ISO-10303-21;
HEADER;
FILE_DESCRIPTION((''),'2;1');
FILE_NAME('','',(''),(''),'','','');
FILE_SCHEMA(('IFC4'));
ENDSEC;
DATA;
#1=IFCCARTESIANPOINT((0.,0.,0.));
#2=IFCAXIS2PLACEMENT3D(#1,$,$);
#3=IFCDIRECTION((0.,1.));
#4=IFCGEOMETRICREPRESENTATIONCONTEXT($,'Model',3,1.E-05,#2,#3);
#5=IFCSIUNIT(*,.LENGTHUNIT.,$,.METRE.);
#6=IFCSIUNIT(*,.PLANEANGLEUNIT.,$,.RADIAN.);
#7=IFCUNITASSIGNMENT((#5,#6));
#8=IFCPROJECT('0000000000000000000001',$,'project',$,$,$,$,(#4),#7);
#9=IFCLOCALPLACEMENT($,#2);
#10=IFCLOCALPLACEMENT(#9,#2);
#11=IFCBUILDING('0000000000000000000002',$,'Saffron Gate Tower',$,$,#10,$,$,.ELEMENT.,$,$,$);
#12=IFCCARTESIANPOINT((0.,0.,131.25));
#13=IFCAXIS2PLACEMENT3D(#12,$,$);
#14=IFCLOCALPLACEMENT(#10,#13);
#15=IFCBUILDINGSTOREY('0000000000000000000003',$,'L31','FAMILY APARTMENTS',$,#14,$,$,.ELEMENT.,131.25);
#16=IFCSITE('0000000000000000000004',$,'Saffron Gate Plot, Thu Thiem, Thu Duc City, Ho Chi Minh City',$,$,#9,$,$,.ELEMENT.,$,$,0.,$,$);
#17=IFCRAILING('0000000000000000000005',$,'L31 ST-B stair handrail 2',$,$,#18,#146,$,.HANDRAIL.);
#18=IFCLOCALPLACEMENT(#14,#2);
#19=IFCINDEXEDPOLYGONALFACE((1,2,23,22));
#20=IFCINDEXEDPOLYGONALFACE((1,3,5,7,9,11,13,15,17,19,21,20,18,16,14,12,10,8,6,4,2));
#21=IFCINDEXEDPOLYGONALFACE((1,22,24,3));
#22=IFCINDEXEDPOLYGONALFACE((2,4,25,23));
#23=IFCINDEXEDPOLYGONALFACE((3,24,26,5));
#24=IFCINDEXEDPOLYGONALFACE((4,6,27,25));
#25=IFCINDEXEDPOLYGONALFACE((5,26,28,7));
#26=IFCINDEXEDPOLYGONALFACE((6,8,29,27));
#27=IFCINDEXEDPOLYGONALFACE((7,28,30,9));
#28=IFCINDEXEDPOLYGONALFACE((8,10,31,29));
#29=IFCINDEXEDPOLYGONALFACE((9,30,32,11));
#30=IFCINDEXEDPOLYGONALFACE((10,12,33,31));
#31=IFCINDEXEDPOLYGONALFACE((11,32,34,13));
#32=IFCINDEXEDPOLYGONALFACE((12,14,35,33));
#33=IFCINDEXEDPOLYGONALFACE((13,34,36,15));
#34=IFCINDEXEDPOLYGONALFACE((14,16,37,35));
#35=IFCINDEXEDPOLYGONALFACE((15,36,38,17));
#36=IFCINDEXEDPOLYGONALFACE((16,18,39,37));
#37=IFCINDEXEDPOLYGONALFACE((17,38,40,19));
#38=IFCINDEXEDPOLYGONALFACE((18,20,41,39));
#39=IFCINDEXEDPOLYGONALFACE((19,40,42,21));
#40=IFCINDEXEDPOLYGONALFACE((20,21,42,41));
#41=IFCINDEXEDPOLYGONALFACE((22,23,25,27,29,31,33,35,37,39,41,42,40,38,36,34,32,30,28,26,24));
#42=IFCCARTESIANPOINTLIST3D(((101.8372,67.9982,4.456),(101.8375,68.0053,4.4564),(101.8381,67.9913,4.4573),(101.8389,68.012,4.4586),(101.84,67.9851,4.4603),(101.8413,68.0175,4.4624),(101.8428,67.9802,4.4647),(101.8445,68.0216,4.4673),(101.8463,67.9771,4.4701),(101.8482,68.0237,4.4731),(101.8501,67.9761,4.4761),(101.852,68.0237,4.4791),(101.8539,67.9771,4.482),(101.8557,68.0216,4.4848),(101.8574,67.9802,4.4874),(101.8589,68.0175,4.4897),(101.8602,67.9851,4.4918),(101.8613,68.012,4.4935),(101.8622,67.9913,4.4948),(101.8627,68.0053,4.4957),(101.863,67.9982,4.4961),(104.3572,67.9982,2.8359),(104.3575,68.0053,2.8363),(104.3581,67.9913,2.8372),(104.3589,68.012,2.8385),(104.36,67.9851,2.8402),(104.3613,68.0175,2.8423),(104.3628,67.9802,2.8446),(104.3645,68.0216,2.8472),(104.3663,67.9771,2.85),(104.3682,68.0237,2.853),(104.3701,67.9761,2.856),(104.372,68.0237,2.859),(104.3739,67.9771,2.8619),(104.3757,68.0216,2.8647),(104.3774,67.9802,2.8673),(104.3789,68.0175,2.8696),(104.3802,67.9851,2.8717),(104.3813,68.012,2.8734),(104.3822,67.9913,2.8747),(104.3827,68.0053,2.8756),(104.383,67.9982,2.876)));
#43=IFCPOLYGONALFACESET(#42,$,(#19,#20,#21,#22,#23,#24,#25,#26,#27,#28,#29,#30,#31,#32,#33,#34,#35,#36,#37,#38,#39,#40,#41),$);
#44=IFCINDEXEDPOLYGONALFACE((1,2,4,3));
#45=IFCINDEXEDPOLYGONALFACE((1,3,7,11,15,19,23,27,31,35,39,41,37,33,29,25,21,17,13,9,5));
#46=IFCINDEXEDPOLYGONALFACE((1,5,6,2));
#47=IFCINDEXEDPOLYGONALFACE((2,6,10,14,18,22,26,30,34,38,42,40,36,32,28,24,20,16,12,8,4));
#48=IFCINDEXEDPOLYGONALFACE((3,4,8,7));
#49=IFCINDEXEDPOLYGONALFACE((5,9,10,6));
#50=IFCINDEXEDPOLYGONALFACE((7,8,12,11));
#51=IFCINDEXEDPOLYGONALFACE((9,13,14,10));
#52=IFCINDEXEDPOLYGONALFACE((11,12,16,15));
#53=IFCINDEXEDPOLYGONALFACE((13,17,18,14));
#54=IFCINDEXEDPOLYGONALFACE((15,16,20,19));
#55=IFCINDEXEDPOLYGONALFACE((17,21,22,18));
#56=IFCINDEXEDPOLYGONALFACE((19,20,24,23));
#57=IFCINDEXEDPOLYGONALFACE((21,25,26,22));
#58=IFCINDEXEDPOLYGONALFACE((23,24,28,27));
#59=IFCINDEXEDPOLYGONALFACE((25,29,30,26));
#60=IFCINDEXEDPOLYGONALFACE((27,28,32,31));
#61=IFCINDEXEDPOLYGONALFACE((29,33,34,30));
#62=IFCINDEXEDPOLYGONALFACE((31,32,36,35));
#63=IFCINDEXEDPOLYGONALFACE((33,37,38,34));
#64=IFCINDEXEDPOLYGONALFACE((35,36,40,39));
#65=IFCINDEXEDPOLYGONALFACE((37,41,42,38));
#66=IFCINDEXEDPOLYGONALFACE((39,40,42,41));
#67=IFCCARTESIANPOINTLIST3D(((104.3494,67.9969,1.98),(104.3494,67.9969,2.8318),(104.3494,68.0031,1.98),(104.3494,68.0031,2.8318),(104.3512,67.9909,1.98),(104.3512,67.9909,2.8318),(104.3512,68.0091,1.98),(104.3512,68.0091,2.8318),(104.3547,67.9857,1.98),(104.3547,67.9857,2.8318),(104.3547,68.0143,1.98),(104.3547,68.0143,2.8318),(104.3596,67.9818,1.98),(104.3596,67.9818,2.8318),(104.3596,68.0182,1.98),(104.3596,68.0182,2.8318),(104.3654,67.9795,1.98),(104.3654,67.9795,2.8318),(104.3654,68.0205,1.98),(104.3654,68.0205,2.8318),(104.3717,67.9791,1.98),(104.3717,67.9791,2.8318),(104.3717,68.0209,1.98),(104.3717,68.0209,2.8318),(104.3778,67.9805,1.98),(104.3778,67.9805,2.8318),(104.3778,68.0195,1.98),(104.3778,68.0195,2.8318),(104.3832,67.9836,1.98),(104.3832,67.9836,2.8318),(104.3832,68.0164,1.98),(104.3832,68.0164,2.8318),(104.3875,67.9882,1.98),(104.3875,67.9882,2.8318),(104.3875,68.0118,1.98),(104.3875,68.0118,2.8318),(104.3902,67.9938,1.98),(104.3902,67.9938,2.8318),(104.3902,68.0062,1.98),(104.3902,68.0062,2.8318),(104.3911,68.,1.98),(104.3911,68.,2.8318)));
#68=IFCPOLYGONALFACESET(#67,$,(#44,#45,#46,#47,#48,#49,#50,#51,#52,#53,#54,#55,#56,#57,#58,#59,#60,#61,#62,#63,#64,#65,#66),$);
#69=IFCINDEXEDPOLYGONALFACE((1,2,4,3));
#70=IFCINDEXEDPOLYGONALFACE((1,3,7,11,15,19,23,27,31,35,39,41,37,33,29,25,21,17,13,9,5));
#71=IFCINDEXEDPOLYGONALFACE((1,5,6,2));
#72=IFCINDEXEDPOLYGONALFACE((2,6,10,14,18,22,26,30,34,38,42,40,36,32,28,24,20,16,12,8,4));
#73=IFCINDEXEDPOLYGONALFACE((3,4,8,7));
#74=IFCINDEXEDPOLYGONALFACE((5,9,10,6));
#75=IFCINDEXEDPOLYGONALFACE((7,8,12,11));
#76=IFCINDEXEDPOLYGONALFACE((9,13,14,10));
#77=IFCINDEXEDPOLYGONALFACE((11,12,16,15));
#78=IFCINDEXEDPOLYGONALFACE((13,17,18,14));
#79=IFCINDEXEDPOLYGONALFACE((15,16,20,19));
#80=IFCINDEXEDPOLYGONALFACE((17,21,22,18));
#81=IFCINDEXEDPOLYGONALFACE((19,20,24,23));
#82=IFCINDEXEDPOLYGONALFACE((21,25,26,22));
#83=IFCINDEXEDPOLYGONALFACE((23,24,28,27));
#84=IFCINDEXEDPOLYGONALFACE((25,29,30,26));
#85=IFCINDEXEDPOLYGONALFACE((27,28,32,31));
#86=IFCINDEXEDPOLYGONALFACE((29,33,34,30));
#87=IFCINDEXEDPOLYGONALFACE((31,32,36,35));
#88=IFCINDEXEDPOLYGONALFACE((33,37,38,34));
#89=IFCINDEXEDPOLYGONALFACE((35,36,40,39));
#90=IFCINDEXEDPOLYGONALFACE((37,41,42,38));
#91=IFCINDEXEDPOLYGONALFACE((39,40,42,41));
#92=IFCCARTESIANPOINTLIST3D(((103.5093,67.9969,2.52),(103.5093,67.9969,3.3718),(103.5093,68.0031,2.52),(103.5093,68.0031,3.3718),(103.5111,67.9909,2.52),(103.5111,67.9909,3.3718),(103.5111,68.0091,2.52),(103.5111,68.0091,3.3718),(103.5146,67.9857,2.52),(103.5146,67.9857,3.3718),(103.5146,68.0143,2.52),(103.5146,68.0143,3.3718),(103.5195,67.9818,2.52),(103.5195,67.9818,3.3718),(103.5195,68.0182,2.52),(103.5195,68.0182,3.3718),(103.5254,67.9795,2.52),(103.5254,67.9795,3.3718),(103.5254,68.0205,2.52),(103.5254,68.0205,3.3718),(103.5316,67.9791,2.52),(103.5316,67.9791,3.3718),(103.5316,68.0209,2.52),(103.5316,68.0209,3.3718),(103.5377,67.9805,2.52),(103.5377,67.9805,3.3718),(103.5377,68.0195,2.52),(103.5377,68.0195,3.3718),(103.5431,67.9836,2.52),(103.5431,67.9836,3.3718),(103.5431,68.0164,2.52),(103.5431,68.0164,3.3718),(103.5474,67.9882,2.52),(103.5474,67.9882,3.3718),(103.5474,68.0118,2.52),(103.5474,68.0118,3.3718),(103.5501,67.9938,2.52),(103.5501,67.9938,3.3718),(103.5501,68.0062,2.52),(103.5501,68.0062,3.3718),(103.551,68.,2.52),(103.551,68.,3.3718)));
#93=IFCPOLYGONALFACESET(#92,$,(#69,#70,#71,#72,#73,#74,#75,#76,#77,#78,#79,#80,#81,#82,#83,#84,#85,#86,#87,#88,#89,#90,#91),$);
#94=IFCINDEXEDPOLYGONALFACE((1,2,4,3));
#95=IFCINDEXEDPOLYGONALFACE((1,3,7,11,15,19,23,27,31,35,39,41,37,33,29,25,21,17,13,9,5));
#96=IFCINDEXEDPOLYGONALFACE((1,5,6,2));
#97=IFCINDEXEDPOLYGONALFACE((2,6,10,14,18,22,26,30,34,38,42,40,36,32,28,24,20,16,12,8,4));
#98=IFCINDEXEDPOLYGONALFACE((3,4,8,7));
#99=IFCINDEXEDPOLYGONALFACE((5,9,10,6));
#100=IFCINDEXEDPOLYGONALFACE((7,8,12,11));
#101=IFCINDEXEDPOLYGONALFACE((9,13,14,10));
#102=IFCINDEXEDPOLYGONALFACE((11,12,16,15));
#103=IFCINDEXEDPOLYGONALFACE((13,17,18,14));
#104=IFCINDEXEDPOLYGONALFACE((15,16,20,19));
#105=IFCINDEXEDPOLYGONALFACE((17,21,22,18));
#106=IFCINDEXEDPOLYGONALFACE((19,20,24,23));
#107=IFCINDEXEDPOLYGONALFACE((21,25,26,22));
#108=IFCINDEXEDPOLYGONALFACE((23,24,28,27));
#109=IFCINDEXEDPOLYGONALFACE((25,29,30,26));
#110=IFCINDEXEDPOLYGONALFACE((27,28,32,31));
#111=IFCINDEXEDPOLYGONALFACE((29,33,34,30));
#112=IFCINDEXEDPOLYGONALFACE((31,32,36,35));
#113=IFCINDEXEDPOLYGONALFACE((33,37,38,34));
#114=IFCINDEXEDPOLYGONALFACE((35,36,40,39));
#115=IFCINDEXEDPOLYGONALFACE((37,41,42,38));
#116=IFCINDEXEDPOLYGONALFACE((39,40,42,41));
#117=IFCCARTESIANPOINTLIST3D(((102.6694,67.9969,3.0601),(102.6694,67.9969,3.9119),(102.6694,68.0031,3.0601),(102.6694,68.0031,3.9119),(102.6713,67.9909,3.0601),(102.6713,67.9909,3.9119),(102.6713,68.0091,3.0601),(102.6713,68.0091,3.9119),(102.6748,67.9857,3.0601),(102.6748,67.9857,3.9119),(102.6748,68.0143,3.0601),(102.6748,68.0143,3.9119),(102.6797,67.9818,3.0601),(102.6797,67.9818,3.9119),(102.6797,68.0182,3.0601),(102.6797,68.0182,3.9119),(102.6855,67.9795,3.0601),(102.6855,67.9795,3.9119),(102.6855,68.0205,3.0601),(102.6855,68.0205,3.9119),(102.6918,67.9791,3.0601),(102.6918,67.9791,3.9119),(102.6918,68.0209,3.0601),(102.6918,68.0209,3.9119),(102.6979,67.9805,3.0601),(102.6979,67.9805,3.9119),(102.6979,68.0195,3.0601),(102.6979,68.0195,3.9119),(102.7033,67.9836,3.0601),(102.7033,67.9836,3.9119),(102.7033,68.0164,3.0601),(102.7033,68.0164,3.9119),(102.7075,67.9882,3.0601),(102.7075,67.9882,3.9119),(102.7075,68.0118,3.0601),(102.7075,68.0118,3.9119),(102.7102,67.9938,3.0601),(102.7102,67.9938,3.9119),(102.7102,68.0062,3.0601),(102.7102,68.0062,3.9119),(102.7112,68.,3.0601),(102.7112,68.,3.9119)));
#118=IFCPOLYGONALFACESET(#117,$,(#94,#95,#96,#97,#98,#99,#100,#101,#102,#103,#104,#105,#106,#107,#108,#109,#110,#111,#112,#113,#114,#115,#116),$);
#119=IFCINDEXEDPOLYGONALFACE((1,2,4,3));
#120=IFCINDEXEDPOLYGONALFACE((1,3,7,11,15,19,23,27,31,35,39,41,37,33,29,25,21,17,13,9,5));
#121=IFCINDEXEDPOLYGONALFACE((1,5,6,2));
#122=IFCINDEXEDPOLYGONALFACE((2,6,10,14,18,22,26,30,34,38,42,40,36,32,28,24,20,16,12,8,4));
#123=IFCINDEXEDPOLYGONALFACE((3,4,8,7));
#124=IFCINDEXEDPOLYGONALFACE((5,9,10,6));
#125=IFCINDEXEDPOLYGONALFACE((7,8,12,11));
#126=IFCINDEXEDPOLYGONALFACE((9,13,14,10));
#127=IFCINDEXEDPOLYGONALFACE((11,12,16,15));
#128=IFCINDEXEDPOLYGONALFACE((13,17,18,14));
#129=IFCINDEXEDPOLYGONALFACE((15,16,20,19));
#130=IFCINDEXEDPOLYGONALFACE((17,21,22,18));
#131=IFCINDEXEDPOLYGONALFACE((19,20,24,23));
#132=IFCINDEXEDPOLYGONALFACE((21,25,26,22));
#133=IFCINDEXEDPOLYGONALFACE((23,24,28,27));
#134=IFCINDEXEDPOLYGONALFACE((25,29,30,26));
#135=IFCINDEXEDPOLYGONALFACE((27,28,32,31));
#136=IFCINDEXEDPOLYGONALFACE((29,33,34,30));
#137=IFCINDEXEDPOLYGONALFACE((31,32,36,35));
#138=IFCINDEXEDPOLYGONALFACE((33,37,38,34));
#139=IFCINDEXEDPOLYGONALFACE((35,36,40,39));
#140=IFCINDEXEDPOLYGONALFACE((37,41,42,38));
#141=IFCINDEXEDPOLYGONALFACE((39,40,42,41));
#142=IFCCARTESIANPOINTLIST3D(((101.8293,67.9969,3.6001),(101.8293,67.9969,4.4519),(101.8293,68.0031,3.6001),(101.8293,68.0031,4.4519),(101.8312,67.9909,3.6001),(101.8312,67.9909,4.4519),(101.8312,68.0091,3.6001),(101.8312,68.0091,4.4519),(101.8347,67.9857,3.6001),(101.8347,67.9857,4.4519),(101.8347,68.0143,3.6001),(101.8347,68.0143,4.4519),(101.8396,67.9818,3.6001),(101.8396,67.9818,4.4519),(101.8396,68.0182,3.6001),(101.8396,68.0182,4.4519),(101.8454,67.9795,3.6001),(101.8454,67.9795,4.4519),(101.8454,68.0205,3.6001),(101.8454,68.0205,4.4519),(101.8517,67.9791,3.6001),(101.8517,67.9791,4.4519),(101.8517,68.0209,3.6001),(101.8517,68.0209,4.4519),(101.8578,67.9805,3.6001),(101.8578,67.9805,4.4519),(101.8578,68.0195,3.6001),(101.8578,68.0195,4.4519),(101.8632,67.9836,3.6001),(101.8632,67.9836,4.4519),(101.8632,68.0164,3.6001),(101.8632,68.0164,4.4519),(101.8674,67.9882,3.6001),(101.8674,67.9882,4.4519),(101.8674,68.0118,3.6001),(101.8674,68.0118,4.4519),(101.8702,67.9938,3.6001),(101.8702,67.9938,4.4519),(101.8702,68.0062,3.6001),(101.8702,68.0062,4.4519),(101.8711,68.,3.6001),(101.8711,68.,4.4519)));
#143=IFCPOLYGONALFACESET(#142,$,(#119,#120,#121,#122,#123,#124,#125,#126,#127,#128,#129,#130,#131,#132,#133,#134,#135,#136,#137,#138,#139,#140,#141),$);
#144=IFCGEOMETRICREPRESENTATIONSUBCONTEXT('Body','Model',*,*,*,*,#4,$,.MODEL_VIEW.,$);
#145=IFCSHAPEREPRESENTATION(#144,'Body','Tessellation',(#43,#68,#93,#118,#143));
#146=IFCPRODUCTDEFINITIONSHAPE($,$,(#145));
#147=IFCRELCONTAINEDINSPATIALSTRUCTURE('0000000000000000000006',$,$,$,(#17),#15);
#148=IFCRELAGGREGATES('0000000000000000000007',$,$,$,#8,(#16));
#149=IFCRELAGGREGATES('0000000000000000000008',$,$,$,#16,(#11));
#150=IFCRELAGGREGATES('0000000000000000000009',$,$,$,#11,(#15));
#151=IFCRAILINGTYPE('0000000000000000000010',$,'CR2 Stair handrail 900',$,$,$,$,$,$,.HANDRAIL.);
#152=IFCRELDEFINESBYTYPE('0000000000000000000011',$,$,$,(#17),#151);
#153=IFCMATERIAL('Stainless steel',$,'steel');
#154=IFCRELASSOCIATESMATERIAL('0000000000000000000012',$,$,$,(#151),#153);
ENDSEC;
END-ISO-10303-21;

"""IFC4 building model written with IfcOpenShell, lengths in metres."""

from ifc_helpers import new_model, si_unit, direction, frame, origin, origin_2d, place, context, subcontext, project, spatial, circle, extrude, material, type_object, element, save


model = new_model("IFC4")

# Units and contexts
model_context = context("Model", 3, precision=1e-05, world=origin(), true_north=direction((0.0, 1.0)))
body_context = subcontext(model_context, "Body", "Model", "MODEL_VIEW")
ifc_project = project(units=[si_unit("LENGTHUNIT", "METRE"), si_unit("PLANEANGLEUNIT", "RADIAN")], contexts=[model_context])

# Site, building, storey
site_placement = place(None, origin())
site = spatial("IfcSite", under=ifc_project, at=site_placement, Name="Saffron Gate Plot, Thu Thiem, Thu Duc City, Ho Chi Minh City", CompositionType="ELEMENT", RefElevation=0.0)
building_placement = place(site_placement, origin())
building = spatial("IfcBuilding", under=site, at=building_placement, Name="Saffron Gate Tower", CompositionType="ELEMENT")
storey_placement = place(building_placement, frame((0.0, 0.0, 131.25)))
storey = spatial("IfcBuildingStorey", under=building, at=storey_placement, Name="L31", Description="FAMILY APARTMENTS", CompositionType="ELEMENT", Elevation=131.25)

# Railing
ifc_material_1 = material(Name="Stainless steel", Category="steel")
railing_type_1 = type_object("IfcRailingType", Name="CR2 Stair handrail 900", PredefinedType="HANDRAIL", material=ifc_material_1)
railing_1_placement = place(storey_placement, frame((104.3701, 68.0, 1.98)))
element("IfcRailing", 1, at=railing_1_placement, inside=storey, type_object=railing_type_1, Name="L31 ST-B stair handrail 2", PredefinedType="HANDRAIL", context=body_context, shape_type="SweptSolid", body=[
    extrude(circle(Radius=0.0239, at=origin_2d()), frame((0.0, 0.0, 0.876), z_axis=(-0.841163, 0.0, 0.540782), x_axis=(0.0, -1.0, 0.0)), (0.0, 0.0, 1.0), 2.9958),
    extrude(circle(Radius=0.021, at=origin_2d()), origin(), (0.0, 0.0, 1.0), 0.8518),
    extrude(circle(Radius=0.021, at=origin_2d()), frame((-0.8401, 0.0, 0.54)), (0.0, 0.0, 1.0), 0.8518),
    extrude(circle(Radius=0.021, at=origin_2d()), frame((-1.6799, 0.0, 1.0801)), (0.0, 0.0, 1.0), 0.8518),
    extrude(circle(Radius=0.021, at=origin_2d()), frame((-2.52, 0.0, 1.6201)), (0.0, 0.0, 1.0), 0.8518),
])

save(model, "model.ifc")
